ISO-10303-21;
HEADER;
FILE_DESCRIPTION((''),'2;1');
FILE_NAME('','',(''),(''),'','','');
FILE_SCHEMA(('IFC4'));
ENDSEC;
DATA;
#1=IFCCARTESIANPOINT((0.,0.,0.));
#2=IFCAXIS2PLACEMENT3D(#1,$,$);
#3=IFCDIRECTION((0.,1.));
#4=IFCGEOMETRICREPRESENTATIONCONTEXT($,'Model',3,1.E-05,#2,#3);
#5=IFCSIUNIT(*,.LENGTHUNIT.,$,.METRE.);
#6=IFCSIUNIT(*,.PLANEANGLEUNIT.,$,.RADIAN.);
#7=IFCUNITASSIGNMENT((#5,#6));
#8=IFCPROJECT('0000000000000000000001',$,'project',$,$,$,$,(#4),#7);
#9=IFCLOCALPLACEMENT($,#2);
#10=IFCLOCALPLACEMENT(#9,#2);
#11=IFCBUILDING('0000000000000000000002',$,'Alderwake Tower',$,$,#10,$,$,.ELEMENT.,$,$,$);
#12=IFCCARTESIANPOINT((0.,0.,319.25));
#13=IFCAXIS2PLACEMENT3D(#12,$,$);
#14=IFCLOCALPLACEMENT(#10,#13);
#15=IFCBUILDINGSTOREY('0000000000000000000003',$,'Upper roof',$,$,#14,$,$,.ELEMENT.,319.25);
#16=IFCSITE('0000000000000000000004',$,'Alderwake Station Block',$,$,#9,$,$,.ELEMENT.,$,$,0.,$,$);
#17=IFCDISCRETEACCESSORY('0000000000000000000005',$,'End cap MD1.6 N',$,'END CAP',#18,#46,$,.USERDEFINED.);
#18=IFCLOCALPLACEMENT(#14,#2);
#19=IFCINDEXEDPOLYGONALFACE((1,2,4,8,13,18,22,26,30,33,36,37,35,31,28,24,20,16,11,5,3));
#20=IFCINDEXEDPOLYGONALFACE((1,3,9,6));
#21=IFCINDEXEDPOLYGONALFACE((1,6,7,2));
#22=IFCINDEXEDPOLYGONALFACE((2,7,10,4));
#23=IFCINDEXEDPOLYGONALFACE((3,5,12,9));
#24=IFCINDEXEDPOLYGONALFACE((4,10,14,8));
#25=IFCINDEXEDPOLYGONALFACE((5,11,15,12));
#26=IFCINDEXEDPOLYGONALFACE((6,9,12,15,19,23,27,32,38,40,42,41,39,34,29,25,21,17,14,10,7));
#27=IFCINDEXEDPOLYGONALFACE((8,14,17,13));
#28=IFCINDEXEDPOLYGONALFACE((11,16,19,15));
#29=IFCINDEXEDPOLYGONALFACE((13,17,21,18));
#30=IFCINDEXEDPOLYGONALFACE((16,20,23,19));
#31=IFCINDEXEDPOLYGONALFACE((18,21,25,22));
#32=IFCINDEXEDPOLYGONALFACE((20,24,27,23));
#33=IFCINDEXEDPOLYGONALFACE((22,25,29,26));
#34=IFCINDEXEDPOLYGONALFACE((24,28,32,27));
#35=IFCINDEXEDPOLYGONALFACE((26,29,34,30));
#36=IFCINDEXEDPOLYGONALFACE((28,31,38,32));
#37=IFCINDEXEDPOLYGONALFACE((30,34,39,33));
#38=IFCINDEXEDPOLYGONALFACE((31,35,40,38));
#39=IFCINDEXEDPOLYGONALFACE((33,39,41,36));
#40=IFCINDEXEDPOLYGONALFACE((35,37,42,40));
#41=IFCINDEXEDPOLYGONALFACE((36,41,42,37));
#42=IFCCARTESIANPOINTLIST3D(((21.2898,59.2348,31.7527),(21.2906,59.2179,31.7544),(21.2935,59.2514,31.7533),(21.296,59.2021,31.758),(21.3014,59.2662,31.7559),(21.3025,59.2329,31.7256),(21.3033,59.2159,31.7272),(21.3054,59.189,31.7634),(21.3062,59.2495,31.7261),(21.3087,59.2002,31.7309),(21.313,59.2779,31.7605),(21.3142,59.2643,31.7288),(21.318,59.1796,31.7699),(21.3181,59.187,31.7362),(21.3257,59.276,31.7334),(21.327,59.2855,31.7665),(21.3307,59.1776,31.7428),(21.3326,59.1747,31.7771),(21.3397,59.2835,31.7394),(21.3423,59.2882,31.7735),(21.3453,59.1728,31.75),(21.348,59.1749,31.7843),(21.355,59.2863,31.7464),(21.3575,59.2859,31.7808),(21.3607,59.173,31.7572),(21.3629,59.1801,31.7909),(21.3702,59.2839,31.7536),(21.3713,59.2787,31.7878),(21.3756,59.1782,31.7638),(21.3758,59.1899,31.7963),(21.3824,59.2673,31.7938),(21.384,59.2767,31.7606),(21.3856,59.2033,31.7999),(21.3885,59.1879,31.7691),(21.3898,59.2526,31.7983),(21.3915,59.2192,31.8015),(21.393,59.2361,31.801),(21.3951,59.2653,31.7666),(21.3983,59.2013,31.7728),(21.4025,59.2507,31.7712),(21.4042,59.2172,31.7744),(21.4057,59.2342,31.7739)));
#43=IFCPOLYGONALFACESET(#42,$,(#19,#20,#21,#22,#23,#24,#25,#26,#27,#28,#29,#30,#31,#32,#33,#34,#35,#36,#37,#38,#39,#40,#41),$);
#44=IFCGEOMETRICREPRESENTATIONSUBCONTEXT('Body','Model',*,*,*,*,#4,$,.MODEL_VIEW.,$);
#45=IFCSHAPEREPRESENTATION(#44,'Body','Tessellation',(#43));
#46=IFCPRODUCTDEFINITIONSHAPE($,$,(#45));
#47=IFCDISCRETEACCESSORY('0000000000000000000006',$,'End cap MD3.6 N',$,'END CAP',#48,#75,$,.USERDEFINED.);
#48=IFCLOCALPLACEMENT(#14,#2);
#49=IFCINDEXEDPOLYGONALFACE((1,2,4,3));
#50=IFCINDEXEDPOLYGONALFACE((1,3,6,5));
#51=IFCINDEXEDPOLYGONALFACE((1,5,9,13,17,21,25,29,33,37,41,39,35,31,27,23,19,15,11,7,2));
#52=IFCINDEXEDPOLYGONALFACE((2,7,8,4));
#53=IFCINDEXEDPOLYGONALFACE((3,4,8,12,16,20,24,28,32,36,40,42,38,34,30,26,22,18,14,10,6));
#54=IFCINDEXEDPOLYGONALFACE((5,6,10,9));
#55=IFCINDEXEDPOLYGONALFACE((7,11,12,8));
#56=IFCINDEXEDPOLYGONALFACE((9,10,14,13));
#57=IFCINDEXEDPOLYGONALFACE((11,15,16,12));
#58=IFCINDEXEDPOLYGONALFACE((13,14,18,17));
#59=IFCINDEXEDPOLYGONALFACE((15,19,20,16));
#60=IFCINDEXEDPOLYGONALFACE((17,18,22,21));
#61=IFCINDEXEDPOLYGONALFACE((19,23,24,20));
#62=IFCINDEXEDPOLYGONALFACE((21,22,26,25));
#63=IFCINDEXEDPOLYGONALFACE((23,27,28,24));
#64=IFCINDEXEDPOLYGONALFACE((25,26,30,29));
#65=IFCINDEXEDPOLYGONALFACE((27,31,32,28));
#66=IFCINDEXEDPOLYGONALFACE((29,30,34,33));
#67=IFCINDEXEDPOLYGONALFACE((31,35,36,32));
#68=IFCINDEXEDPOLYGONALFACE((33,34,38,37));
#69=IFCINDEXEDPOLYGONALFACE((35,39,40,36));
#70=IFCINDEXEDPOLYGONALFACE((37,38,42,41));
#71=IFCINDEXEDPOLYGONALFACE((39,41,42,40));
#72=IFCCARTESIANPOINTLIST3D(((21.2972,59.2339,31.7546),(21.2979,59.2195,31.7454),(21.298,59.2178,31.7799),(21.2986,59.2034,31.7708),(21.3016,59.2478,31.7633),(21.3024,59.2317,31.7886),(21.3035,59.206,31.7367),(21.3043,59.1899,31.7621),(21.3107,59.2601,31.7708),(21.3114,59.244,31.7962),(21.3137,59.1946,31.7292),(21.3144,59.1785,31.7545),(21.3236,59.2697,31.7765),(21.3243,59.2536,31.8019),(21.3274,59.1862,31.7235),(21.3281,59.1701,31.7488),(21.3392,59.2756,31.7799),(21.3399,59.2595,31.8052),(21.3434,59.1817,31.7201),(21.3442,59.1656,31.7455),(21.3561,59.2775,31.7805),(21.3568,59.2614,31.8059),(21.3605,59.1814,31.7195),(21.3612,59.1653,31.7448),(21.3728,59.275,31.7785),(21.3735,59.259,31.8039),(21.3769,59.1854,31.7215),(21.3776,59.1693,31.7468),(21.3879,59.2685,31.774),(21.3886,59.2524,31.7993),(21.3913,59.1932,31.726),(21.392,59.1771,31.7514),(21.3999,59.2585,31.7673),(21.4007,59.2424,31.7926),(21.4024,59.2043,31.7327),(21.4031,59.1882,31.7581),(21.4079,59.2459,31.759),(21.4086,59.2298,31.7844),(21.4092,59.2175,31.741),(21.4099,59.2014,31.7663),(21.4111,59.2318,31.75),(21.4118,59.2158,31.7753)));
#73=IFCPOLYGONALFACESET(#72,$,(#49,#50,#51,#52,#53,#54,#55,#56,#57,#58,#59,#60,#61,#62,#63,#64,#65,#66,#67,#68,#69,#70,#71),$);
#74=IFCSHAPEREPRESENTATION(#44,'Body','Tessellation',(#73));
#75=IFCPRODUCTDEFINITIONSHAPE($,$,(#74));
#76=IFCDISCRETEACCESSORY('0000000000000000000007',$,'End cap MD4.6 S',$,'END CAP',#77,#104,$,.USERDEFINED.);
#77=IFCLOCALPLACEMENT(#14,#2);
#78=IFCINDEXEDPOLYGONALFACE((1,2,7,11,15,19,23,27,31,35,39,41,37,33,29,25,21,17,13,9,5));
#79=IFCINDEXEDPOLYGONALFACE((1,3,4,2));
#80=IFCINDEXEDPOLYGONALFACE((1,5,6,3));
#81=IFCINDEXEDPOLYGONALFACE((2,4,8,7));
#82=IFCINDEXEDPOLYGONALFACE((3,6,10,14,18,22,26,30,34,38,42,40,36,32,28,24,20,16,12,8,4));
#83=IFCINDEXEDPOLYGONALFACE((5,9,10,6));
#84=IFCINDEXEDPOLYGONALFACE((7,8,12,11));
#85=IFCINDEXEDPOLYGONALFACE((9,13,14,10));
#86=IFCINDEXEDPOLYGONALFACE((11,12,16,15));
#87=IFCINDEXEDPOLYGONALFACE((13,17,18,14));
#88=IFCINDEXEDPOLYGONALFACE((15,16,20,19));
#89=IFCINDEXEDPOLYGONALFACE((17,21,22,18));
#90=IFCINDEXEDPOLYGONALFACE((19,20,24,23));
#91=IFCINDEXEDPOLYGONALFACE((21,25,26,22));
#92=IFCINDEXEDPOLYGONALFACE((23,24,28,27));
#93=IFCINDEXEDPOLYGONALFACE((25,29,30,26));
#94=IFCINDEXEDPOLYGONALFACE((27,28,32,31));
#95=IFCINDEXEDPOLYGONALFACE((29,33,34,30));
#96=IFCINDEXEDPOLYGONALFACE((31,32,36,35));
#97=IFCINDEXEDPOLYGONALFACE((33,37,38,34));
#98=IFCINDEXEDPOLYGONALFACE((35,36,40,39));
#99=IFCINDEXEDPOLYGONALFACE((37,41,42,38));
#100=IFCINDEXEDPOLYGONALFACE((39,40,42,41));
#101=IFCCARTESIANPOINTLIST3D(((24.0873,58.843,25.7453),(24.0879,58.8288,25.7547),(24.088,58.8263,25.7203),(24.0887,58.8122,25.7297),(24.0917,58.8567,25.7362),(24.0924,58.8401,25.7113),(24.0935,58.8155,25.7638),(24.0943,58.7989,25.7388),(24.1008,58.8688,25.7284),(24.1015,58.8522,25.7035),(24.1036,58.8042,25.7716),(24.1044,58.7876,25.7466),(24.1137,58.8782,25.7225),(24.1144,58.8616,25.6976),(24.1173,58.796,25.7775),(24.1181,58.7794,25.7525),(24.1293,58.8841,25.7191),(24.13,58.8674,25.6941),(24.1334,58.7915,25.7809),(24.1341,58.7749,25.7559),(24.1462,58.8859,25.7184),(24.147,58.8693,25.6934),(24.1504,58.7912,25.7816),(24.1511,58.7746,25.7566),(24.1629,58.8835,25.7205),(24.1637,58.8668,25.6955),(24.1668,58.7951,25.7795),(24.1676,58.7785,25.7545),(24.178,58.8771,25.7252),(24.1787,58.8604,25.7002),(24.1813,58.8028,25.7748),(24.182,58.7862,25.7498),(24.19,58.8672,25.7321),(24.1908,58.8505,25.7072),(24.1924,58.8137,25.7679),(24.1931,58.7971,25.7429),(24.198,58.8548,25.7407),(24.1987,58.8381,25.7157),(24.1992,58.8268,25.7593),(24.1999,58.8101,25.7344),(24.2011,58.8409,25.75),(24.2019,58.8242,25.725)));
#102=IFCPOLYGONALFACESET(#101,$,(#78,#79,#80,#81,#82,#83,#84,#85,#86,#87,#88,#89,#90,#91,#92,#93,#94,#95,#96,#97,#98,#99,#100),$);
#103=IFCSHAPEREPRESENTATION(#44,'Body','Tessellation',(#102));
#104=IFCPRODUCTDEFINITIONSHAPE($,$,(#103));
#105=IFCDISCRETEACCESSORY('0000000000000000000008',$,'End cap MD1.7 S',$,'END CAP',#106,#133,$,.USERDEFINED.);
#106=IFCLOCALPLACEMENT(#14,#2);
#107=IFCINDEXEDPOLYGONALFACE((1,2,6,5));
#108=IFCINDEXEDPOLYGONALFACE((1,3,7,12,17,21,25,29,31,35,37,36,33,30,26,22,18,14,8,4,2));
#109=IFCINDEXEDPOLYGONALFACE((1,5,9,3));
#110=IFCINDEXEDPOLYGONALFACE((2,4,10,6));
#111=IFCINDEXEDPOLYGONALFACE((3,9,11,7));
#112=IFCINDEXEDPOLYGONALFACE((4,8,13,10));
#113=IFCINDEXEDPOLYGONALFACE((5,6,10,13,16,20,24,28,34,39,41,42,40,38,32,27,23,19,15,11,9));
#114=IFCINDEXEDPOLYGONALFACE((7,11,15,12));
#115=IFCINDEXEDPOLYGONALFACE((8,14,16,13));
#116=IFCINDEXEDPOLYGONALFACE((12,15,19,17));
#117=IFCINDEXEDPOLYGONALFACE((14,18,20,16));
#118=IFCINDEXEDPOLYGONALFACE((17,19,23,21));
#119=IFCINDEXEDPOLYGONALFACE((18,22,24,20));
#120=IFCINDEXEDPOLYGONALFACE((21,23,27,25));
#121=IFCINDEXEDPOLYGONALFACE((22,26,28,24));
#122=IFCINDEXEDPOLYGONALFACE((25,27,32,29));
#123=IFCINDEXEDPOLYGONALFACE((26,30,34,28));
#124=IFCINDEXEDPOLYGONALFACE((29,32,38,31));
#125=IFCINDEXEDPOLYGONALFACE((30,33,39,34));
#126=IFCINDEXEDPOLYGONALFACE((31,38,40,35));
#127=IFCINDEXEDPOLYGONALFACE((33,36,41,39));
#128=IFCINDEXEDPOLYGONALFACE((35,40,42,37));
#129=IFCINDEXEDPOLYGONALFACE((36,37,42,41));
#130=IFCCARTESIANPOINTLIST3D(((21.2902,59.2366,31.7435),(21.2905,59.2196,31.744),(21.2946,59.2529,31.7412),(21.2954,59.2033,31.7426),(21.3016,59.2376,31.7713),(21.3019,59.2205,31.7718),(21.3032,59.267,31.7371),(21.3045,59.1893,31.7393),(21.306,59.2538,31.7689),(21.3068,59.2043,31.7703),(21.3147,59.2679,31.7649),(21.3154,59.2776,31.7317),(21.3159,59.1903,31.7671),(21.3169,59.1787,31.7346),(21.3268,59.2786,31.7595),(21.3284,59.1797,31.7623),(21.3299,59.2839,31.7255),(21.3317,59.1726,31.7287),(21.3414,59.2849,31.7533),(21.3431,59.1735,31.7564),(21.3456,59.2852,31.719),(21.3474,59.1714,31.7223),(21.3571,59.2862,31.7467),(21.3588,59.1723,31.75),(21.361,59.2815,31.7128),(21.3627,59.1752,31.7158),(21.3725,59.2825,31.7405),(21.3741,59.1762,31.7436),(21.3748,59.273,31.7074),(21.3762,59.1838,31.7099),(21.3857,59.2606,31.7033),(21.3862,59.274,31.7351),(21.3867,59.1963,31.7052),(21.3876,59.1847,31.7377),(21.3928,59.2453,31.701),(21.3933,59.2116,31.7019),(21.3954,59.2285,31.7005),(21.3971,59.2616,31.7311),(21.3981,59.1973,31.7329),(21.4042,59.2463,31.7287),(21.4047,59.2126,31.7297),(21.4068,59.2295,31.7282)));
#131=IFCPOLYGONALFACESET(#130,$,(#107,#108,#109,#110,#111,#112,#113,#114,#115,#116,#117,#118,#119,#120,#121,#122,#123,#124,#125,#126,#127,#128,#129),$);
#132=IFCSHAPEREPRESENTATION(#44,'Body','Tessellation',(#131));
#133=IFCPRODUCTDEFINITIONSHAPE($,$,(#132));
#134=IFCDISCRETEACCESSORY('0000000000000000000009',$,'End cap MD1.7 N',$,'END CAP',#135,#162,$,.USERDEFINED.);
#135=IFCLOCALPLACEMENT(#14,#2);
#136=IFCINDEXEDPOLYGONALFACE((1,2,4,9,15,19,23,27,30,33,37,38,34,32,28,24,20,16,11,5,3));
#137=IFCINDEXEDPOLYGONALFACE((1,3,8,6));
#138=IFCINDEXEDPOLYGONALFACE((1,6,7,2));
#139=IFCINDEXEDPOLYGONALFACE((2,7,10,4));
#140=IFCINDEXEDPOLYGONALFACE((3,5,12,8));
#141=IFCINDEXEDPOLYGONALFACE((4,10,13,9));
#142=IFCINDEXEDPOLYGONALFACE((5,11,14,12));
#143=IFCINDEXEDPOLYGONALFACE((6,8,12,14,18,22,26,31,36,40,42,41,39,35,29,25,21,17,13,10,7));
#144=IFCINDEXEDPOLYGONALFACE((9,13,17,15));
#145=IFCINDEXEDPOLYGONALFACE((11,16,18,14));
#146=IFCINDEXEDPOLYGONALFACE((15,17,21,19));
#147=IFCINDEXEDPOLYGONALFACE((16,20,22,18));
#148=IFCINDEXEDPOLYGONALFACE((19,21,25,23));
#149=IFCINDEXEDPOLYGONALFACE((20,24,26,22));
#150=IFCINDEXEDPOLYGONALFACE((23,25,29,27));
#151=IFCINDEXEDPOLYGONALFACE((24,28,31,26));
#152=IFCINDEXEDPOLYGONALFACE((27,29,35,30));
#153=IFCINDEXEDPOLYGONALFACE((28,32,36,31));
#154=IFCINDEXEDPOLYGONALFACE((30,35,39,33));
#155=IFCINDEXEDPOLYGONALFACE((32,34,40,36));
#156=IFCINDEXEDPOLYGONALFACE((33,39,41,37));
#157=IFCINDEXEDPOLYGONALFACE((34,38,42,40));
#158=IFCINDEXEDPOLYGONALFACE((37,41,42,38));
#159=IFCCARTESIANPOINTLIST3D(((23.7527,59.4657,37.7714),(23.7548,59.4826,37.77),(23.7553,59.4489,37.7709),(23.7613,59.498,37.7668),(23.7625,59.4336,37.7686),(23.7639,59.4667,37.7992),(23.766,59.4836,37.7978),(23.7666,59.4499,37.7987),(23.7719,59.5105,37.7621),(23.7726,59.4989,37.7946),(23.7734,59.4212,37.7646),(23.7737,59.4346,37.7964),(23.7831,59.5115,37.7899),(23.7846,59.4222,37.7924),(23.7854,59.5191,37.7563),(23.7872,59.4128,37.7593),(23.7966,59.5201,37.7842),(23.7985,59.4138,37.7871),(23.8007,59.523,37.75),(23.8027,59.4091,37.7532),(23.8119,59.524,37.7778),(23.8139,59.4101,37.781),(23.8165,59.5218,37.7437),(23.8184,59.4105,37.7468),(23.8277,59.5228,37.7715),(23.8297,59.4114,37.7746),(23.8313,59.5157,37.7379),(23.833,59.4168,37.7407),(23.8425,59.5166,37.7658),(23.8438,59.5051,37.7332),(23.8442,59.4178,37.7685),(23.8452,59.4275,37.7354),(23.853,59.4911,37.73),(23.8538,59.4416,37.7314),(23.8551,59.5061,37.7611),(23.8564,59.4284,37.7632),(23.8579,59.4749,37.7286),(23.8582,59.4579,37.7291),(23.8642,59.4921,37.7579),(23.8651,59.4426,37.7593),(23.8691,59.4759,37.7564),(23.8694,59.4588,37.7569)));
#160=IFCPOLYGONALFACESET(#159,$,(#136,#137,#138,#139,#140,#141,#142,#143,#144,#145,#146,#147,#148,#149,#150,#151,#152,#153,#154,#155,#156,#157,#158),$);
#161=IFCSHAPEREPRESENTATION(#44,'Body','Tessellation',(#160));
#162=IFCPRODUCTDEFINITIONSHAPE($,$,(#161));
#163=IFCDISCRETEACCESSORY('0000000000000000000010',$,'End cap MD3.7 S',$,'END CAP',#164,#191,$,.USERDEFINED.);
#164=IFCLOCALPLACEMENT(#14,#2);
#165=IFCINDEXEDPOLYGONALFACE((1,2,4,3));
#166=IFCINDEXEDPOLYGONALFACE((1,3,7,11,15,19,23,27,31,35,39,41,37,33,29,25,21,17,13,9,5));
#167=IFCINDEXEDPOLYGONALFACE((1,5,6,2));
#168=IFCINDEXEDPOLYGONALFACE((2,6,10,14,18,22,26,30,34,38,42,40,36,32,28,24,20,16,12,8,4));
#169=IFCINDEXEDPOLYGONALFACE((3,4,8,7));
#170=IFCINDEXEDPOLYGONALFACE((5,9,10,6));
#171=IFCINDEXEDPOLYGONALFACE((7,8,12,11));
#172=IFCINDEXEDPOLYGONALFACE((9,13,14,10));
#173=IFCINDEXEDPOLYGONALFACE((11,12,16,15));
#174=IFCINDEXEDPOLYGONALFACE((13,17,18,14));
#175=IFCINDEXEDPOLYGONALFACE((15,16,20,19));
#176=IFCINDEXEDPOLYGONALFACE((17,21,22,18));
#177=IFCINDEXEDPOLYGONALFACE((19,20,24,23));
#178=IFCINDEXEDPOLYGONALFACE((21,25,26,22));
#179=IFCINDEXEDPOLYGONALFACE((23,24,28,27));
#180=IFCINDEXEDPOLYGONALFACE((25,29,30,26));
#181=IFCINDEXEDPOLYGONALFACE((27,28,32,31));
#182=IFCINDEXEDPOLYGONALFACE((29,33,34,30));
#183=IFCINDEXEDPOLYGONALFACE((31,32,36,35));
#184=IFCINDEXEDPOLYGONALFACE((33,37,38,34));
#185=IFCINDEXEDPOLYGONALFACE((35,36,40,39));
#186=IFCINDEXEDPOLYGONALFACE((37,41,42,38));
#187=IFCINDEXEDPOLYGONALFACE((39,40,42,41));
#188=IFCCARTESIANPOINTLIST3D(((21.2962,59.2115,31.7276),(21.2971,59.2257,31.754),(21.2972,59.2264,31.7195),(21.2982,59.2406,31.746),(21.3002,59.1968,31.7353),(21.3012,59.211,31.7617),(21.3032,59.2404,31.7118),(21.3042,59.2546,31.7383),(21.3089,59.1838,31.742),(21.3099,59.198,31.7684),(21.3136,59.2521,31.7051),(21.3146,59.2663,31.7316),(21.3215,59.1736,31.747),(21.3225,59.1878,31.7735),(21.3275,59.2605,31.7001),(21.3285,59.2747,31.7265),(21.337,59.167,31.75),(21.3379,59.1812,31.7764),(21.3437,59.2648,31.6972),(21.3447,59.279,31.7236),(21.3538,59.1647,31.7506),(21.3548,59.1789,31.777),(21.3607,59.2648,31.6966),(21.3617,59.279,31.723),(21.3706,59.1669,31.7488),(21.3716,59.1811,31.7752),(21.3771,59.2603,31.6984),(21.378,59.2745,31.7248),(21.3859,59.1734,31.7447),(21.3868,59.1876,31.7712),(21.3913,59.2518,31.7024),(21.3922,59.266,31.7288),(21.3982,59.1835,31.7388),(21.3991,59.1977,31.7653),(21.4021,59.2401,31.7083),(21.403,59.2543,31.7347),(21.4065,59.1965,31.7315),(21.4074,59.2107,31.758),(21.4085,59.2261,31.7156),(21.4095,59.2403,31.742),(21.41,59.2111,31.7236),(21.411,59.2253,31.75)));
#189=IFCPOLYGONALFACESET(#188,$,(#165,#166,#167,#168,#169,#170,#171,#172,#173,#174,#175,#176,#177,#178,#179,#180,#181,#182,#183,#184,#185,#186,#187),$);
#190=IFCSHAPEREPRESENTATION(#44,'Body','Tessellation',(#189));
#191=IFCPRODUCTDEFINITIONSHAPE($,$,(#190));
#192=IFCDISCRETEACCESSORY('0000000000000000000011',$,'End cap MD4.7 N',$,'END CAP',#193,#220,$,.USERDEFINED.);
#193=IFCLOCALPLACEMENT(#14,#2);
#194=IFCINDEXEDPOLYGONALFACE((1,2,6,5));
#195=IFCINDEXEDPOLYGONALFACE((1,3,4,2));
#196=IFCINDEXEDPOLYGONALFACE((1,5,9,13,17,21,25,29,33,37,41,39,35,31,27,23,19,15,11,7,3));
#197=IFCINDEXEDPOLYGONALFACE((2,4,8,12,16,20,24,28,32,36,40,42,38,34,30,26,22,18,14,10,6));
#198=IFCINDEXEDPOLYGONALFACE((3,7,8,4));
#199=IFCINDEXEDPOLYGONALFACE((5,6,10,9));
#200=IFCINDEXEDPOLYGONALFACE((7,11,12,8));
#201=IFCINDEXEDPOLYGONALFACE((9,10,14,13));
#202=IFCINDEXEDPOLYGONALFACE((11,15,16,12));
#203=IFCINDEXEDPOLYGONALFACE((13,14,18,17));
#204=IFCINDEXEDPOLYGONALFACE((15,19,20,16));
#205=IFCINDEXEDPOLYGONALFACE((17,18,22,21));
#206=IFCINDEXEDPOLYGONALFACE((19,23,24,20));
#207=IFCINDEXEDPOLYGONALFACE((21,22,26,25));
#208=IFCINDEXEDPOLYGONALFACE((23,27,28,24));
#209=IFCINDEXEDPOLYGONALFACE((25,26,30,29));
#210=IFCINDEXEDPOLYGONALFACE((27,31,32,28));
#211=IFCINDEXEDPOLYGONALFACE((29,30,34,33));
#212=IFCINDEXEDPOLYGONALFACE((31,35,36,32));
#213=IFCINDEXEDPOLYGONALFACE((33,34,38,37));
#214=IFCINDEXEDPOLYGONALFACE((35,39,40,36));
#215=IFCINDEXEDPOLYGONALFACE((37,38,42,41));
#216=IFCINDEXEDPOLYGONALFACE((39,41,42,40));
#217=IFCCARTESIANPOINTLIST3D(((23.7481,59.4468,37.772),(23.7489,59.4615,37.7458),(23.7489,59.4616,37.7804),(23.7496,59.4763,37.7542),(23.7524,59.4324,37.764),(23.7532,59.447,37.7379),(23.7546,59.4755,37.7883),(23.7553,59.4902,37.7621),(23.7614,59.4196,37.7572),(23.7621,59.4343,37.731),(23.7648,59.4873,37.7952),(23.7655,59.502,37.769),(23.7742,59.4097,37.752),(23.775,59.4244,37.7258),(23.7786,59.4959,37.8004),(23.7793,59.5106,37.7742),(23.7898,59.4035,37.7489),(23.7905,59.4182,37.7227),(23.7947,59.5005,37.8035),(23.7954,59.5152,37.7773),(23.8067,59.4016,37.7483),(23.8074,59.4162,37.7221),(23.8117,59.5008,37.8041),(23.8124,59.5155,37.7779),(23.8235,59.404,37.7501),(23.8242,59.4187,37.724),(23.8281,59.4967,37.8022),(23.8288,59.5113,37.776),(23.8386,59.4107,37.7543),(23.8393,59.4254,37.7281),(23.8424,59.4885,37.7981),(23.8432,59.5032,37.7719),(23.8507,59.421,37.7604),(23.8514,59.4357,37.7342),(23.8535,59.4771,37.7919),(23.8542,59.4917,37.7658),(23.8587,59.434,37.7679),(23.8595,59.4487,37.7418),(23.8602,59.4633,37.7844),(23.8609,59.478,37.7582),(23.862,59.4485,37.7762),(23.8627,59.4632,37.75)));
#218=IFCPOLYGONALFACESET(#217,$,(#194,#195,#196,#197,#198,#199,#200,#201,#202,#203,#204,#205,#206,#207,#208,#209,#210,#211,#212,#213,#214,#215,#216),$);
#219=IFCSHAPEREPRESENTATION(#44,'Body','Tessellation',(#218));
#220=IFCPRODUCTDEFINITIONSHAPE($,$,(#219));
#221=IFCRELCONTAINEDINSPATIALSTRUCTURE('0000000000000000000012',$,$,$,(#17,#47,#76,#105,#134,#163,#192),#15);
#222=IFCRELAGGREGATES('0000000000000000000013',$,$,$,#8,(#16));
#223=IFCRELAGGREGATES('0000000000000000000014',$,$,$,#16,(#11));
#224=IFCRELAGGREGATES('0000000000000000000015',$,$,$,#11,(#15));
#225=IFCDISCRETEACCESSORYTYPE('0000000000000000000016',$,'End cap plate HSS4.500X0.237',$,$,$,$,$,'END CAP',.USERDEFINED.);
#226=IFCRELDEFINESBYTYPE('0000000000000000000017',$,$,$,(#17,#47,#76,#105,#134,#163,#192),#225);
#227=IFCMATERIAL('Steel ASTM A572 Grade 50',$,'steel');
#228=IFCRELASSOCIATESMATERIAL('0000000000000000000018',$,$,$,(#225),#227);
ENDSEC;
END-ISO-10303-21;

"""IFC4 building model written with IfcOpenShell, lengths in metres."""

from ifc_helpers import new_model, si_unit, direction, frame, origin, origin_2d, place, context, subcontext, project, spatial, circle, extrude, material, material_profile, profile_set, type_object, element, save


model = new_model("IFC4")

# Units and contexts
model_context = context("Model", 3, precision=1e-05, world=origin(), true_north=direction((0.0, 1.0)))
body_context = subcontext(model_context, "Body", "Model", "MODEL_VIEW")
ifc_project = project(units=[si_unit("LENGTHUNIT", "METRE"), si_unit("PLANEANGLEUNIT", "RADIAN")], contexts=[model_context])

# Site, building, storey
site_placement = place(None, origin())
site = spatial("IfcSite", under=ifc_project, at=site_placement, Name="Alderwake Station Block", CompositionType="ELEMENT", RefElevation=0.0)
building_placement = place(site_placement, origin())
building = spatial("IfcBuilding", under=site, at=building_placement, Name="Alderwake Tower", CompositionType="ELEMENT")
storey_placement = place(building_placement, frame((0.0, 0.0, 319.25)))
storey = spatial("IfcBuildingStorey", under=building, at=storey_placement, Name="Upper roof", CompositionType="ELEMENT", Elevation=319.25)

# Discrete accessories
ifc_material_1 = material(Name="Steel ASTM A572 Grade 50", Category="steel")
ifc_material_profile_1 = material_profile(ifc_material_1, circle(Radius=0.0571, at=origin_2d()), Name="HSS4.500X0.237 cap")
ifc_profile_set_1 = profile_set([ifc_material_profile_1], Name="Steel ASTM A572 Grade 50")
discrete_accessory_type = type_object("IfcDiscreteAccessoryType", Name="End cap plate HSS4.500X0.237", ElementType="END CAP", PredefinedType="USERDEFINED", material=ifc_profile_set_1)
for number, where, z_axis, x_axis, name in (
    (1, (21.354, 59.2292, 31.75), (-0.423324, 0.065127, 0.903634), (-0.152057, -0.988372, 0.0), "End cap MD1.6 N"),
    (2, (21.354, 59.2292, 31.75), (0.024348, -0.535666, 0.844079), (0.998969, 0.045408, 0.0), "End cap MD3.6 N"),
    (3, (24.144, 58.8384, 25.75), (0.024465, -0.554534, -0.831801), (0.999028, 0.044075, 0.0), "End cap MD4.6 S"),
    (4, (21.354, 59.2292, 31.75), (-0.380957, -0.032422, -0.924024), (0.0848, -0.996398, 0.0), "End cap MD1.7 S"),
    (5, (23.8057, 59.4661, 37.75), (0.373996, 0.032521, 0.92686), (-0.08663, 0.996241, 0.0), "End cap MD1.7 N"),
    (6, (21.354, 59.2292, 31.75), (-0.032612, -0.472875, -0.880526), (0.99763, -0.068802, 0.0), "End cap MD3.7 S"),
    (7, (23.8057, 59.4661, 37.75), (-0.024448, -0.488954, 0.871967), (0.998752, -0.049938, 0.0), "End cap MD4.7 N"),
):
    element("IfcDiscreteAccessory", number, at=place(storey_placement, frame(where, z_axis=z_axis, x_axis=x_axis)), inside=storey, type_object=discrete_accessory_type, Name=name, ObjectType="END CAP", PredefinedType="USERDEFINED", context=body_context, shape_type="SweptSolid", body=[
        extrude(circle(Radius=0.0571, at=origin_2d()), origin(), (0.0, 0.0, 1.0), 0.03),
    ])

save(model, "model.ifc")
